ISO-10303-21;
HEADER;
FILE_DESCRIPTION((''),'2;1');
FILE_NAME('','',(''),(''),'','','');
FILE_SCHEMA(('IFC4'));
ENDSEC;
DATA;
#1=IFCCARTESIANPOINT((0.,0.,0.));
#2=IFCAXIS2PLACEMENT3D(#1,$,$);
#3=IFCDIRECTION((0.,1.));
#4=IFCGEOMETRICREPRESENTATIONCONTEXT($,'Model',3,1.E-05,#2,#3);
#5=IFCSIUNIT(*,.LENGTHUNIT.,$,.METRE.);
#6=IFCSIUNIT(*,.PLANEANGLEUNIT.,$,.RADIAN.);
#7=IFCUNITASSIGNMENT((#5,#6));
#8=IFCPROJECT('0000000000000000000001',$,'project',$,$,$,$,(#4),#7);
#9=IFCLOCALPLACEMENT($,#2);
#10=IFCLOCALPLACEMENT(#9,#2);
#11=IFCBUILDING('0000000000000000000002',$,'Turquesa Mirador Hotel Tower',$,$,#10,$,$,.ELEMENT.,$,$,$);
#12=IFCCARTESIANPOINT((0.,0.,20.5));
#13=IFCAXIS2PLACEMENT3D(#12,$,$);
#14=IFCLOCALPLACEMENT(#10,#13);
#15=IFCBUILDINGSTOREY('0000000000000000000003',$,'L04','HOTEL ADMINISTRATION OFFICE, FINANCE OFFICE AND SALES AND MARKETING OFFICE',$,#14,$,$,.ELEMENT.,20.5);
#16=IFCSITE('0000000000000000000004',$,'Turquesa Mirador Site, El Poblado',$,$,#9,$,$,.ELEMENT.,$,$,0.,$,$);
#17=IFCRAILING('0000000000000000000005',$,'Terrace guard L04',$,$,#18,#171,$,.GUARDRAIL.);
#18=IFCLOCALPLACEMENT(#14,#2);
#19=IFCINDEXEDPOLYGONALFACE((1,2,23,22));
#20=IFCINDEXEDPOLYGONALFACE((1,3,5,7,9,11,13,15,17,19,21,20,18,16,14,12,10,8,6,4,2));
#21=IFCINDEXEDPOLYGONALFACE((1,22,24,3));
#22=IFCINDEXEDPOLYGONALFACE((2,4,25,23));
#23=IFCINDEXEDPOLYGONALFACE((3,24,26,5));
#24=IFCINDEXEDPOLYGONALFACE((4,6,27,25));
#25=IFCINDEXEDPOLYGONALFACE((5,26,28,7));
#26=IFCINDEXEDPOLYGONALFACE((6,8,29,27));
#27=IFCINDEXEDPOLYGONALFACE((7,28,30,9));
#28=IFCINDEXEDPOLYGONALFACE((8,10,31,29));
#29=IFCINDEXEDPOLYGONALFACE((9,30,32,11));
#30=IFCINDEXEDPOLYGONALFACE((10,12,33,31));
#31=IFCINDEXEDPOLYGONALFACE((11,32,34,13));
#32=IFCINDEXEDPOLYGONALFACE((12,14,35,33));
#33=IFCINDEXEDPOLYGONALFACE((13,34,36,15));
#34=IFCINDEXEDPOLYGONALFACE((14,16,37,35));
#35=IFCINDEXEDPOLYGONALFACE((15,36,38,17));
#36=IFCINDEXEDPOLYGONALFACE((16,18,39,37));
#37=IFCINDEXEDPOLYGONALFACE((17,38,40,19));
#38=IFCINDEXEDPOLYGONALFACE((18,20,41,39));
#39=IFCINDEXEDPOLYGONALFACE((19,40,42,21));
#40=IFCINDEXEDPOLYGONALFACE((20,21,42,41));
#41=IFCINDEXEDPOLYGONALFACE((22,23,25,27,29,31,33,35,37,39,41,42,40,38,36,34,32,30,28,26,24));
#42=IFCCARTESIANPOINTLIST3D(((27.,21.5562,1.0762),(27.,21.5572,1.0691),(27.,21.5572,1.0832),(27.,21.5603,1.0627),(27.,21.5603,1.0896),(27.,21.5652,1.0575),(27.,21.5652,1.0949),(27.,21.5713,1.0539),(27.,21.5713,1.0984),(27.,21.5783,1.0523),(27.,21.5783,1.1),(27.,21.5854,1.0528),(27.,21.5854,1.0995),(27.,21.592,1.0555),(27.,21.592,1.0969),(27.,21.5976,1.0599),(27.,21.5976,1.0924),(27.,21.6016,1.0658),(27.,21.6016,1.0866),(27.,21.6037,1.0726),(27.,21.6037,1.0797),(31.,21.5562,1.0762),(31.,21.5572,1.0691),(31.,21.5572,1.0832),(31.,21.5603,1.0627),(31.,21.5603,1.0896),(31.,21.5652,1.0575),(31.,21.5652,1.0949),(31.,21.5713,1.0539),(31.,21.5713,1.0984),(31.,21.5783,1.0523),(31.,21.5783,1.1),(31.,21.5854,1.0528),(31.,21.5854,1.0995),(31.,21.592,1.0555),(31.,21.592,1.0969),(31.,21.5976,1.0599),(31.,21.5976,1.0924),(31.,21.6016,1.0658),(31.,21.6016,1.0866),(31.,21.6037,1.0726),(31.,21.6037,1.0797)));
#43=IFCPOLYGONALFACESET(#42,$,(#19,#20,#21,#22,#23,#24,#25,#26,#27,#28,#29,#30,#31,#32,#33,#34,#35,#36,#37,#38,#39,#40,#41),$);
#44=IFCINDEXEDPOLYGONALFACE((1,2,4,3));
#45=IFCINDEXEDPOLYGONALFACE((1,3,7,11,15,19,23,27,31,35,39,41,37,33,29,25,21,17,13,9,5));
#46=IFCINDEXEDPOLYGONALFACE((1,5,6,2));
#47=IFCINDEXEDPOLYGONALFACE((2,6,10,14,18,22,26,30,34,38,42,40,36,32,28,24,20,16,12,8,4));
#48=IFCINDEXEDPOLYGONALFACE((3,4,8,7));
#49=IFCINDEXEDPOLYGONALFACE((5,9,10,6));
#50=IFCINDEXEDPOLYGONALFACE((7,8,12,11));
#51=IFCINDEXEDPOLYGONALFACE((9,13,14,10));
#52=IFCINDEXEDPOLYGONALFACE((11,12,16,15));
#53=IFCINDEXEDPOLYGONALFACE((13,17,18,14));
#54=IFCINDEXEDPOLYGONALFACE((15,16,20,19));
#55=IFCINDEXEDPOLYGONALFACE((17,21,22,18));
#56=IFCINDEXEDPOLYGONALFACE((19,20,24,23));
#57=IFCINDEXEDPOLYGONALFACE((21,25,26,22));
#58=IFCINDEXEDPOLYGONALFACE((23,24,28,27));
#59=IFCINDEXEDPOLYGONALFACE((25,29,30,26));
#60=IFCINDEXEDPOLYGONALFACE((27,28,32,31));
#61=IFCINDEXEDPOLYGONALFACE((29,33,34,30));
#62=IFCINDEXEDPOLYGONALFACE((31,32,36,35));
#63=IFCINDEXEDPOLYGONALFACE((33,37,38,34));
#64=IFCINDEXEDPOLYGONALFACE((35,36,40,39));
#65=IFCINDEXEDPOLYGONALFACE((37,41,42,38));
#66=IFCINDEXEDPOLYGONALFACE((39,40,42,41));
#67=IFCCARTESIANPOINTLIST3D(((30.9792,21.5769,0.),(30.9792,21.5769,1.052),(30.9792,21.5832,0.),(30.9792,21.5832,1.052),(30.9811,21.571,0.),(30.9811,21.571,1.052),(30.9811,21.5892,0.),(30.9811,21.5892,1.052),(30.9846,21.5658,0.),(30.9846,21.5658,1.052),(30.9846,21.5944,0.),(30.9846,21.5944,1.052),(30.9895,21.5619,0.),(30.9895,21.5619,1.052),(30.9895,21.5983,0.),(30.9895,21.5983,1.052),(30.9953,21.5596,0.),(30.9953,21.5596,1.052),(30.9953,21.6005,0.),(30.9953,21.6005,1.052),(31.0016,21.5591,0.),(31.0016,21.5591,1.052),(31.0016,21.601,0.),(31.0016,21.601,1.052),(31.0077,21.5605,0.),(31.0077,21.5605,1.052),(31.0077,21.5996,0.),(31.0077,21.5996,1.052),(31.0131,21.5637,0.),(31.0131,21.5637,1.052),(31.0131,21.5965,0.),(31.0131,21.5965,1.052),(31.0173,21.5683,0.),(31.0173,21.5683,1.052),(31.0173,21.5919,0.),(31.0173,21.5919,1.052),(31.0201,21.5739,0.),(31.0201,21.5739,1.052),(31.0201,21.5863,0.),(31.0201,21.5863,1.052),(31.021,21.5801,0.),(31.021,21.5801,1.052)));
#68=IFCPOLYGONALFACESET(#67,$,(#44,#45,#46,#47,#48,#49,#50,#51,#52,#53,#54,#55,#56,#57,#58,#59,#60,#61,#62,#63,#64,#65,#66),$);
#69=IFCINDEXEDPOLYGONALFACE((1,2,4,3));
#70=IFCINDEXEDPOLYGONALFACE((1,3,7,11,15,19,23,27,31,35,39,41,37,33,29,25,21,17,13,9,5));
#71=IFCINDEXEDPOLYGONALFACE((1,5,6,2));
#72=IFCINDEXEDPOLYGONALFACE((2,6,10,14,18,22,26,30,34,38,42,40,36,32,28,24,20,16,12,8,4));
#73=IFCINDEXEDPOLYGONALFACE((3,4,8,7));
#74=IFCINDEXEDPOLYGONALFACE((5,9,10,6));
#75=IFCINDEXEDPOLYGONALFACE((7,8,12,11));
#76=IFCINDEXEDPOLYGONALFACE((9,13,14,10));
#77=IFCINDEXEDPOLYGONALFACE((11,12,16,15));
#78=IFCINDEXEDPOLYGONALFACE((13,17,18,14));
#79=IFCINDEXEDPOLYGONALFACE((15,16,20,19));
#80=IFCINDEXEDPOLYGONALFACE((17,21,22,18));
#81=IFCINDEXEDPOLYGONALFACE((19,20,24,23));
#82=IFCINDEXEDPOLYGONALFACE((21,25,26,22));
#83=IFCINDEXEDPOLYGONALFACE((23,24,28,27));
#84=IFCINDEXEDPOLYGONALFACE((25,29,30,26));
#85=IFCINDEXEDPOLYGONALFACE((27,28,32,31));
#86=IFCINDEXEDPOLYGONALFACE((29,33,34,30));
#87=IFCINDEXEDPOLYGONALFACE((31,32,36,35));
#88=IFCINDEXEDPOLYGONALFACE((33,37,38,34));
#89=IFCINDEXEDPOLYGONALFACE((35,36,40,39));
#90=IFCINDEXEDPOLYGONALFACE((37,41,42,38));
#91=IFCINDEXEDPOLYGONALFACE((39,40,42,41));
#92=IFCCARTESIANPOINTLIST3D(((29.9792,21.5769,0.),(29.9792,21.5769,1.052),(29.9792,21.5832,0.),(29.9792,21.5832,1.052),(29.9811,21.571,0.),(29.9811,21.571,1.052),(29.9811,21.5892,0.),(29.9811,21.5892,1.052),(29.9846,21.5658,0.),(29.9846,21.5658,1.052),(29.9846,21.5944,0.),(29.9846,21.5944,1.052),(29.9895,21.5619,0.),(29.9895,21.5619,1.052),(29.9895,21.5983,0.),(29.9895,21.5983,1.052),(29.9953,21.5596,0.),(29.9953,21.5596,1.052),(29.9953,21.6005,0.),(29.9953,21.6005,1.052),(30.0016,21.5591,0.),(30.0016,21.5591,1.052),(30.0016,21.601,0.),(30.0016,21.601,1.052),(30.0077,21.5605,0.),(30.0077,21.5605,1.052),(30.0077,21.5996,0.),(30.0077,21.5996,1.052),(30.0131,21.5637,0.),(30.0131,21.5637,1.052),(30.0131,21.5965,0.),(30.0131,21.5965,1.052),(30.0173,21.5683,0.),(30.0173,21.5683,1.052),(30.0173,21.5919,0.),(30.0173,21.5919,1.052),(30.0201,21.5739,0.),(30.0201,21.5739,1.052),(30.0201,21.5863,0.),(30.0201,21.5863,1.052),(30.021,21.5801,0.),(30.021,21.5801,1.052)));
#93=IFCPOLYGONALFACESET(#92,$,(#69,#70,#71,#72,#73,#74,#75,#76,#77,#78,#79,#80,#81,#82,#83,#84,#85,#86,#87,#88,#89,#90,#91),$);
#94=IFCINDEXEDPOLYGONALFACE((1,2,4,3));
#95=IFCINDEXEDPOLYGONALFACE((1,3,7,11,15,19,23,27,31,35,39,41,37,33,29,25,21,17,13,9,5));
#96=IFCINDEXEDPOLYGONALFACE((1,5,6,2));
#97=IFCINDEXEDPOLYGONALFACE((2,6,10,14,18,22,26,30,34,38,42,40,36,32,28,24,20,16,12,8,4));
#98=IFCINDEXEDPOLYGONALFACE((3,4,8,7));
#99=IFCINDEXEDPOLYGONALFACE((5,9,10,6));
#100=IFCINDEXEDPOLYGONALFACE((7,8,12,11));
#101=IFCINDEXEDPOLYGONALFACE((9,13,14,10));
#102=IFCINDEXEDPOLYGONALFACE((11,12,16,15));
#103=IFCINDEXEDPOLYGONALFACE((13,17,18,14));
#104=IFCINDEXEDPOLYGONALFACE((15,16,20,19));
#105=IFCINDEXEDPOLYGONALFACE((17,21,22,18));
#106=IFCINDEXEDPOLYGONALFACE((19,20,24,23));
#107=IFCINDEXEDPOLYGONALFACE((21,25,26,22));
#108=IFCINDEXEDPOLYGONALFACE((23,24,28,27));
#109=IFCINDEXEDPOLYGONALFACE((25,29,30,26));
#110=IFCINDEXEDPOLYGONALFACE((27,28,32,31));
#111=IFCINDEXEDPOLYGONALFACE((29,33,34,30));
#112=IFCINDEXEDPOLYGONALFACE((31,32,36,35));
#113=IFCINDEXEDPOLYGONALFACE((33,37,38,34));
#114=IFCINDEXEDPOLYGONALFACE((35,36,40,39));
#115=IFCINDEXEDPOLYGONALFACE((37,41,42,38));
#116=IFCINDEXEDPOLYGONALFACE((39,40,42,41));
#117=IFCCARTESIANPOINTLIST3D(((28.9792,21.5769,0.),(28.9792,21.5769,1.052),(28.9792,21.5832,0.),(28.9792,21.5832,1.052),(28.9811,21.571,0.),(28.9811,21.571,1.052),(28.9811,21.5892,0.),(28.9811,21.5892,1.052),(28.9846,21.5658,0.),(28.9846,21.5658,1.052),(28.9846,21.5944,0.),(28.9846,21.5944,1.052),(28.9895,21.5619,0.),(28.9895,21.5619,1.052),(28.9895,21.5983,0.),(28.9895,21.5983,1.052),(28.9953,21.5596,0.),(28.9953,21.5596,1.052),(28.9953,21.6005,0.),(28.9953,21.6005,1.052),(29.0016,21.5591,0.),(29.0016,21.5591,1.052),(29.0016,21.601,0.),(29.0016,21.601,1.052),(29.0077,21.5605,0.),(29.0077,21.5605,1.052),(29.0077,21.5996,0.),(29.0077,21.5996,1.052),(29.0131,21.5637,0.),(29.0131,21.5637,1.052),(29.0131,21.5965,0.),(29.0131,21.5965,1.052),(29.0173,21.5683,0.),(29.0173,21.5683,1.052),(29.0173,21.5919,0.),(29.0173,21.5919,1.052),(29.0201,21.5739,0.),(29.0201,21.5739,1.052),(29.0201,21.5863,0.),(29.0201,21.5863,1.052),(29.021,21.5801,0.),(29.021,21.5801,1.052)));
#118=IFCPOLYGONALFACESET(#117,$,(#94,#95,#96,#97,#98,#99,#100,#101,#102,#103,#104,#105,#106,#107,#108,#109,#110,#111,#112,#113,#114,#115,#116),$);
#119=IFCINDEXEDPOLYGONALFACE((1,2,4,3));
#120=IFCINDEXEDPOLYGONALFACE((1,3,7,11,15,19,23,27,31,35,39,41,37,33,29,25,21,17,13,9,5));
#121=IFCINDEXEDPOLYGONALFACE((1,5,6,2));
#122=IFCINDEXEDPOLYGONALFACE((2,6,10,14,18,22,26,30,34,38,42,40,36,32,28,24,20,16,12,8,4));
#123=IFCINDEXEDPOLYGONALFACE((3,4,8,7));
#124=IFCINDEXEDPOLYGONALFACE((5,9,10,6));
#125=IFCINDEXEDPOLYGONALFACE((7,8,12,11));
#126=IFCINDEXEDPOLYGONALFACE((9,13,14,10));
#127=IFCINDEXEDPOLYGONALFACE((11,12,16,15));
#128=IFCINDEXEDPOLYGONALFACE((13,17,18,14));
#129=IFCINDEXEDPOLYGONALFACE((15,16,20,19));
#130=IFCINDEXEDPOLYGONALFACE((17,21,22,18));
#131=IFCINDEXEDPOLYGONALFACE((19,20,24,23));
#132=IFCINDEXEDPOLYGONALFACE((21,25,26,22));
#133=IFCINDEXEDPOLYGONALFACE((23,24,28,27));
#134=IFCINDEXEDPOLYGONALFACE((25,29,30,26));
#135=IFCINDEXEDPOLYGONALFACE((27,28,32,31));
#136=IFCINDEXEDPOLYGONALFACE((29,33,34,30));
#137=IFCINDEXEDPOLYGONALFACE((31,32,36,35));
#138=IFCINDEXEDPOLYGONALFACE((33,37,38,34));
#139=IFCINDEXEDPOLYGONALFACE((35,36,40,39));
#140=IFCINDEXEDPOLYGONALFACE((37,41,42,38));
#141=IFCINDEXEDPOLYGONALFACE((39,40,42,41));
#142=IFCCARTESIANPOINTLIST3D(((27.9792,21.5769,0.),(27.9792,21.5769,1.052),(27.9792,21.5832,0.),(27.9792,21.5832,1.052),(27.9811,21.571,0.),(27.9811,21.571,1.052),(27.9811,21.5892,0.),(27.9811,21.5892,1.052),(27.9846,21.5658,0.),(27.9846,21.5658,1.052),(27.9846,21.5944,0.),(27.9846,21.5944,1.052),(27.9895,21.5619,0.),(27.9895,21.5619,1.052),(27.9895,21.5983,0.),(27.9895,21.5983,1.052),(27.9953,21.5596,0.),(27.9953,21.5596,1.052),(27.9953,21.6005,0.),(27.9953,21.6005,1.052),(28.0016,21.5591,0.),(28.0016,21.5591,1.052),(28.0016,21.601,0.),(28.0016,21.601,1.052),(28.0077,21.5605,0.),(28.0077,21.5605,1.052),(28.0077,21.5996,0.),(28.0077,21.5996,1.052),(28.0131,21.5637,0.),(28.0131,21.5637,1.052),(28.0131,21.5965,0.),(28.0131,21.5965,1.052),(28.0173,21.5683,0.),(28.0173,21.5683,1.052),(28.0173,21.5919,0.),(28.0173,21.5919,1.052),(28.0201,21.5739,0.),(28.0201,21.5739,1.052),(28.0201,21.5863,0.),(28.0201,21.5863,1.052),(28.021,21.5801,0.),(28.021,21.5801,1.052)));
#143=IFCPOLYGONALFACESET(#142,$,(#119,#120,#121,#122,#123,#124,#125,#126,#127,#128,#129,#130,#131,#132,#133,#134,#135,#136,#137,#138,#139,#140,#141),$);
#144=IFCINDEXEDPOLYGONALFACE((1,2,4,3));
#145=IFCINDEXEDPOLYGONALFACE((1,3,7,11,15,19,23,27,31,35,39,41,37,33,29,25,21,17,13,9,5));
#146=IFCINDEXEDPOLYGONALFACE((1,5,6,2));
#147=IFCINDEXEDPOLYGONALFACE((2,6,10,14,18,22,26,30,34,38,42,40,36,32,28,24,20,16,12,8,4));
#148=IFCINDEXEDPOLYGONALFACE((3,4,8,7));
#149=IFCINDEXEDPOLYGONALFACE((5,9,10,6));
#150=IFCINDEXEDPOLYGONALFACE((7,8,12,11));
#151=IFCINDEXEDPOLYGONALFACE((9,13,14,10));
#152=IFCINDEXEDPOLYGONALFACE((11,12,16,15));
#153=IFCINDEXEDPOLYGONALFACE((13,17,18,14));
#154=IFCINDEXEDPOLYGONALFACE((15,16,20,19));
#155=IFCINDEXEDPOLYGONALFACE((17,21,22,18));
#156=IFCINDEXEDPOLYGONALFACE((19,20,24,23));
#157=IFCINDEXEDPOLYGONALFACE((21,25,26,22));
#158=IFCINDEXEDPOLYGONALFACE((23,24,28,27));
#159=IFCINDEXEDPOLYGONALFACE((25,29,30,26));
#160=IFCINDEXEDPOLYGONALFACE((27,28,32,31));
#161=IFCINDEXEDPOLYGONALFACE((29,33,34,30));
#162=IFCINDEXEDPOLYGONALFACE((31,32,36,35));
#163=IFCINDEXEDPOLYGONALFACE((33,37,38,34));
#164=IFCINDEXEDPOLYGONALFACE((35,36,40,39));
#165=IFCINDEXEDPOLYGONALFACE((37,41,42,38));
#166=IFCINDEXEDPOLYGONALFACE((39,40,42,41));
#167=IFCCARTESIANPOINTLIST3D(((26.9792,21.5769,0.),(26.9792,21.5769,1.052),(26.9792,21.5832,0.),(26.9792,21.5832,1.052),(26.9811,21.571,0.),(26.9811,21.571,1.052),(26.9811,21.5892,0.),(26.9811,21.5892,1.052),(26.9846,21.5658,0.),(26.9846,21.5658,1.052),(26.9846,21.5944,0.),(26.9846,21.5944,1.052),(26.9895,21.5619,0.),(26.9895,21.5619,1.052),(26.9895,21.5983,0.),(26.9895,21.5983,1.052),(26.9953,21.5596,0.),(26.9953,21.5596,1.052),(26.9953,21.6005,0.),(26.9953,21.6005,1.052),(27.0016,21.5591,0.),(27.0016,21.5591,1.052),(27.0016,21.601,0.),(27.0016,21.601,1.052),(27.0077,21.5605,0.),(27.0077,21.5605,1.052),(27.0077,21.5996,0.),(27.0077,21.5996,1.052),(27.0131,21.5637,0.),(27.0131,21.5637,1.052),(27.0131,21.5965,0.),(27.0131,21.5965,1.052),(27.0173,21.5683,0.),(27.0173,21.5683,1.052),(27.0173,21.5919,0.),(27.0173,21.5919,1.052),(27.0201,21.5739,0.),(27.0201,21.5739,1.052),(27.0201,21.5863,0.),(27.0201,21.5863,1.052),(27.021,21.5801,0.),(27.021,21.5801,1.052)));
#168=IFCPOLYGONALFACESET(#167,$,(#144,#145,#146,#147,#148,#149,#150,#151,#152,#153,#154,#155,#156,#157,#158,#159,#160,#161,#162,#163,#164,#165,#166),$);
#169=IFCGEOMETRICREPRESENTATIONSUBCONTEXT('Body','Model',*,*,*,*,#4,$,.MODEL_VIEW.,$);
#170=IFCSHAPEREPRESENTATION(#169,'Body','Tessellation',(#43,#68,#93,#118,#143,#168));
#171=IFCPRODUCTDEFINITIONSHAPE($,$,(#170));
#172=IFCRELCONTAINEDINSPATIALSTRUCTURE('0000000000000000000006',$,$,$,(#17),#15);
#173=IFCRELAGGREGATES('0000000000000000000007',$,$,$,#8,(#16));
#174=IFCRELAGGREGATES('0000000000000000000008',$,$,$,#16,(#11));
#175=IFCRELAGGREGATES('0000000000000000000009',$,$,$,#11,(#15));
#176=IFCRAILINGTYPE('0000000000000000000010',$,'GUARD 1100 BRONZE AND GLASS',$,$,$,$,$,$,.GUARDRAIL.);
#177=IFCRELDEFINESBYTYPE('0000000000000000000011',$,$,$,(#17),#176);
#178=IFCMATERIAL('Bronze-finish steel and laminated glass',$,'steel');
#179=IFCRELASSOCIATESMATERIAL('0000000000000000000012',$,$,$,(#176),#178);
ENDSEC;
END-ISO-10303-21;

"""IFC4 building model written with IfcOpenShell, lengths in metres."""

from ifc_helpers import new_model, si_unit, direction, frame, origin, origin_2d, place, context, subcontext, project, spatial, circle, extrude, material, type_object, element, save


model = new_model("IFC4")

# Units and contexts
model_context = context("Model", 3, precision=1e-05, world=origin(), true_north=direction((0.0, 1.0)))
body_context = subcontext(model_context, "Body", "Model", "MODEL_VIEW")
ifc_project = project(units=[si_unit("LENGTHUNIT", "METRE"), si_unit("PLANEANGLEUNIT", "RADIAN")], contexts=[model_context])

# Site, building, storey
site_placement = place(None, origin())
site = spatial("IfcSite", under=ifc_project, at=site_placement, Name="Turquesa Mirador Site, El Poblado", CompositionType="ELEMENT", RefElevation=0.0)
building_placement = place(site_placement, origin())
building = spatial("IfcBuilding", under=site, at=building_placement, Name="Turquesa Mirador Hotel Tower", CompositionType="ELEMENT")
storey_placement = place(building_placement, frame((0.0, 0.0, 20.5)))
storey = spatial("IfcBuildingStorey", under=building, at=storey_placement, Name="L04", Description="HOTEL ADMINISTRATION OFFICE, FINANCE OFFICE AND SALES AND MARKETING OFFICE", CompositionType="ELEMENT", Elevation=20.5)

# Railing
ifc_material_1 = material(Name="Bronze-finish steel and laminated glass", Category="steel")
railing_type = type_object("IfcRailingType", Name="GUARD 1100 BRONZE AND GLASS", PredefinedType="GUARDRAIL", material=ifc_material_1)
railing_1_placement = place(storey_placement, frame((31.0, 21.5801, 0.0)))
element("IfcRailing", 1, at=railing_1_placement, inside=storey, type_object=railing_type, Name="Terrace guard L04", PredefinedType="GUARDRAIL", context=body_context, shape_type="SweptSolid", body=[
    extrude(circle(Radius=0.0239, at=origin_2d()), frame((0.0, 0.0, 1.0762), z_axis=(-1.0, 0.0, 0.0), x_axis=(0.0, -1.0, 0.0)), (0.0, 0.0, 1.0), 4.0),
    extrude(circle(Radius=0.021, at=origin_2d()), origin(), (0.0, 0.0, 1.0), 1.052),
    extrude(circle(Radius=0.021, at=origin_2d()), frame((-1.0, 0.0, 0.0)), (0.0, 0.0, 1.0), 1.052),
    extrude(circle(Radius=0.021, at=origin_2d()), frame((-2.0, 0.0, 0.0)), (0.0, 0.0, 1.0), 1.052),
    extrude(circle(Radius=0.021, at=origin_2d()), frame((-3.0, 0.0, 0.0)), (0.0, 0.0, 1.0), 1.052),
    extrude(circle(Radius=0.021, at=origin_2d()), frame((-4.0, 0.0, 0.0)), (0.0, 0.0, 1.0), 1.052),
])

save(model, "model.ifc")
